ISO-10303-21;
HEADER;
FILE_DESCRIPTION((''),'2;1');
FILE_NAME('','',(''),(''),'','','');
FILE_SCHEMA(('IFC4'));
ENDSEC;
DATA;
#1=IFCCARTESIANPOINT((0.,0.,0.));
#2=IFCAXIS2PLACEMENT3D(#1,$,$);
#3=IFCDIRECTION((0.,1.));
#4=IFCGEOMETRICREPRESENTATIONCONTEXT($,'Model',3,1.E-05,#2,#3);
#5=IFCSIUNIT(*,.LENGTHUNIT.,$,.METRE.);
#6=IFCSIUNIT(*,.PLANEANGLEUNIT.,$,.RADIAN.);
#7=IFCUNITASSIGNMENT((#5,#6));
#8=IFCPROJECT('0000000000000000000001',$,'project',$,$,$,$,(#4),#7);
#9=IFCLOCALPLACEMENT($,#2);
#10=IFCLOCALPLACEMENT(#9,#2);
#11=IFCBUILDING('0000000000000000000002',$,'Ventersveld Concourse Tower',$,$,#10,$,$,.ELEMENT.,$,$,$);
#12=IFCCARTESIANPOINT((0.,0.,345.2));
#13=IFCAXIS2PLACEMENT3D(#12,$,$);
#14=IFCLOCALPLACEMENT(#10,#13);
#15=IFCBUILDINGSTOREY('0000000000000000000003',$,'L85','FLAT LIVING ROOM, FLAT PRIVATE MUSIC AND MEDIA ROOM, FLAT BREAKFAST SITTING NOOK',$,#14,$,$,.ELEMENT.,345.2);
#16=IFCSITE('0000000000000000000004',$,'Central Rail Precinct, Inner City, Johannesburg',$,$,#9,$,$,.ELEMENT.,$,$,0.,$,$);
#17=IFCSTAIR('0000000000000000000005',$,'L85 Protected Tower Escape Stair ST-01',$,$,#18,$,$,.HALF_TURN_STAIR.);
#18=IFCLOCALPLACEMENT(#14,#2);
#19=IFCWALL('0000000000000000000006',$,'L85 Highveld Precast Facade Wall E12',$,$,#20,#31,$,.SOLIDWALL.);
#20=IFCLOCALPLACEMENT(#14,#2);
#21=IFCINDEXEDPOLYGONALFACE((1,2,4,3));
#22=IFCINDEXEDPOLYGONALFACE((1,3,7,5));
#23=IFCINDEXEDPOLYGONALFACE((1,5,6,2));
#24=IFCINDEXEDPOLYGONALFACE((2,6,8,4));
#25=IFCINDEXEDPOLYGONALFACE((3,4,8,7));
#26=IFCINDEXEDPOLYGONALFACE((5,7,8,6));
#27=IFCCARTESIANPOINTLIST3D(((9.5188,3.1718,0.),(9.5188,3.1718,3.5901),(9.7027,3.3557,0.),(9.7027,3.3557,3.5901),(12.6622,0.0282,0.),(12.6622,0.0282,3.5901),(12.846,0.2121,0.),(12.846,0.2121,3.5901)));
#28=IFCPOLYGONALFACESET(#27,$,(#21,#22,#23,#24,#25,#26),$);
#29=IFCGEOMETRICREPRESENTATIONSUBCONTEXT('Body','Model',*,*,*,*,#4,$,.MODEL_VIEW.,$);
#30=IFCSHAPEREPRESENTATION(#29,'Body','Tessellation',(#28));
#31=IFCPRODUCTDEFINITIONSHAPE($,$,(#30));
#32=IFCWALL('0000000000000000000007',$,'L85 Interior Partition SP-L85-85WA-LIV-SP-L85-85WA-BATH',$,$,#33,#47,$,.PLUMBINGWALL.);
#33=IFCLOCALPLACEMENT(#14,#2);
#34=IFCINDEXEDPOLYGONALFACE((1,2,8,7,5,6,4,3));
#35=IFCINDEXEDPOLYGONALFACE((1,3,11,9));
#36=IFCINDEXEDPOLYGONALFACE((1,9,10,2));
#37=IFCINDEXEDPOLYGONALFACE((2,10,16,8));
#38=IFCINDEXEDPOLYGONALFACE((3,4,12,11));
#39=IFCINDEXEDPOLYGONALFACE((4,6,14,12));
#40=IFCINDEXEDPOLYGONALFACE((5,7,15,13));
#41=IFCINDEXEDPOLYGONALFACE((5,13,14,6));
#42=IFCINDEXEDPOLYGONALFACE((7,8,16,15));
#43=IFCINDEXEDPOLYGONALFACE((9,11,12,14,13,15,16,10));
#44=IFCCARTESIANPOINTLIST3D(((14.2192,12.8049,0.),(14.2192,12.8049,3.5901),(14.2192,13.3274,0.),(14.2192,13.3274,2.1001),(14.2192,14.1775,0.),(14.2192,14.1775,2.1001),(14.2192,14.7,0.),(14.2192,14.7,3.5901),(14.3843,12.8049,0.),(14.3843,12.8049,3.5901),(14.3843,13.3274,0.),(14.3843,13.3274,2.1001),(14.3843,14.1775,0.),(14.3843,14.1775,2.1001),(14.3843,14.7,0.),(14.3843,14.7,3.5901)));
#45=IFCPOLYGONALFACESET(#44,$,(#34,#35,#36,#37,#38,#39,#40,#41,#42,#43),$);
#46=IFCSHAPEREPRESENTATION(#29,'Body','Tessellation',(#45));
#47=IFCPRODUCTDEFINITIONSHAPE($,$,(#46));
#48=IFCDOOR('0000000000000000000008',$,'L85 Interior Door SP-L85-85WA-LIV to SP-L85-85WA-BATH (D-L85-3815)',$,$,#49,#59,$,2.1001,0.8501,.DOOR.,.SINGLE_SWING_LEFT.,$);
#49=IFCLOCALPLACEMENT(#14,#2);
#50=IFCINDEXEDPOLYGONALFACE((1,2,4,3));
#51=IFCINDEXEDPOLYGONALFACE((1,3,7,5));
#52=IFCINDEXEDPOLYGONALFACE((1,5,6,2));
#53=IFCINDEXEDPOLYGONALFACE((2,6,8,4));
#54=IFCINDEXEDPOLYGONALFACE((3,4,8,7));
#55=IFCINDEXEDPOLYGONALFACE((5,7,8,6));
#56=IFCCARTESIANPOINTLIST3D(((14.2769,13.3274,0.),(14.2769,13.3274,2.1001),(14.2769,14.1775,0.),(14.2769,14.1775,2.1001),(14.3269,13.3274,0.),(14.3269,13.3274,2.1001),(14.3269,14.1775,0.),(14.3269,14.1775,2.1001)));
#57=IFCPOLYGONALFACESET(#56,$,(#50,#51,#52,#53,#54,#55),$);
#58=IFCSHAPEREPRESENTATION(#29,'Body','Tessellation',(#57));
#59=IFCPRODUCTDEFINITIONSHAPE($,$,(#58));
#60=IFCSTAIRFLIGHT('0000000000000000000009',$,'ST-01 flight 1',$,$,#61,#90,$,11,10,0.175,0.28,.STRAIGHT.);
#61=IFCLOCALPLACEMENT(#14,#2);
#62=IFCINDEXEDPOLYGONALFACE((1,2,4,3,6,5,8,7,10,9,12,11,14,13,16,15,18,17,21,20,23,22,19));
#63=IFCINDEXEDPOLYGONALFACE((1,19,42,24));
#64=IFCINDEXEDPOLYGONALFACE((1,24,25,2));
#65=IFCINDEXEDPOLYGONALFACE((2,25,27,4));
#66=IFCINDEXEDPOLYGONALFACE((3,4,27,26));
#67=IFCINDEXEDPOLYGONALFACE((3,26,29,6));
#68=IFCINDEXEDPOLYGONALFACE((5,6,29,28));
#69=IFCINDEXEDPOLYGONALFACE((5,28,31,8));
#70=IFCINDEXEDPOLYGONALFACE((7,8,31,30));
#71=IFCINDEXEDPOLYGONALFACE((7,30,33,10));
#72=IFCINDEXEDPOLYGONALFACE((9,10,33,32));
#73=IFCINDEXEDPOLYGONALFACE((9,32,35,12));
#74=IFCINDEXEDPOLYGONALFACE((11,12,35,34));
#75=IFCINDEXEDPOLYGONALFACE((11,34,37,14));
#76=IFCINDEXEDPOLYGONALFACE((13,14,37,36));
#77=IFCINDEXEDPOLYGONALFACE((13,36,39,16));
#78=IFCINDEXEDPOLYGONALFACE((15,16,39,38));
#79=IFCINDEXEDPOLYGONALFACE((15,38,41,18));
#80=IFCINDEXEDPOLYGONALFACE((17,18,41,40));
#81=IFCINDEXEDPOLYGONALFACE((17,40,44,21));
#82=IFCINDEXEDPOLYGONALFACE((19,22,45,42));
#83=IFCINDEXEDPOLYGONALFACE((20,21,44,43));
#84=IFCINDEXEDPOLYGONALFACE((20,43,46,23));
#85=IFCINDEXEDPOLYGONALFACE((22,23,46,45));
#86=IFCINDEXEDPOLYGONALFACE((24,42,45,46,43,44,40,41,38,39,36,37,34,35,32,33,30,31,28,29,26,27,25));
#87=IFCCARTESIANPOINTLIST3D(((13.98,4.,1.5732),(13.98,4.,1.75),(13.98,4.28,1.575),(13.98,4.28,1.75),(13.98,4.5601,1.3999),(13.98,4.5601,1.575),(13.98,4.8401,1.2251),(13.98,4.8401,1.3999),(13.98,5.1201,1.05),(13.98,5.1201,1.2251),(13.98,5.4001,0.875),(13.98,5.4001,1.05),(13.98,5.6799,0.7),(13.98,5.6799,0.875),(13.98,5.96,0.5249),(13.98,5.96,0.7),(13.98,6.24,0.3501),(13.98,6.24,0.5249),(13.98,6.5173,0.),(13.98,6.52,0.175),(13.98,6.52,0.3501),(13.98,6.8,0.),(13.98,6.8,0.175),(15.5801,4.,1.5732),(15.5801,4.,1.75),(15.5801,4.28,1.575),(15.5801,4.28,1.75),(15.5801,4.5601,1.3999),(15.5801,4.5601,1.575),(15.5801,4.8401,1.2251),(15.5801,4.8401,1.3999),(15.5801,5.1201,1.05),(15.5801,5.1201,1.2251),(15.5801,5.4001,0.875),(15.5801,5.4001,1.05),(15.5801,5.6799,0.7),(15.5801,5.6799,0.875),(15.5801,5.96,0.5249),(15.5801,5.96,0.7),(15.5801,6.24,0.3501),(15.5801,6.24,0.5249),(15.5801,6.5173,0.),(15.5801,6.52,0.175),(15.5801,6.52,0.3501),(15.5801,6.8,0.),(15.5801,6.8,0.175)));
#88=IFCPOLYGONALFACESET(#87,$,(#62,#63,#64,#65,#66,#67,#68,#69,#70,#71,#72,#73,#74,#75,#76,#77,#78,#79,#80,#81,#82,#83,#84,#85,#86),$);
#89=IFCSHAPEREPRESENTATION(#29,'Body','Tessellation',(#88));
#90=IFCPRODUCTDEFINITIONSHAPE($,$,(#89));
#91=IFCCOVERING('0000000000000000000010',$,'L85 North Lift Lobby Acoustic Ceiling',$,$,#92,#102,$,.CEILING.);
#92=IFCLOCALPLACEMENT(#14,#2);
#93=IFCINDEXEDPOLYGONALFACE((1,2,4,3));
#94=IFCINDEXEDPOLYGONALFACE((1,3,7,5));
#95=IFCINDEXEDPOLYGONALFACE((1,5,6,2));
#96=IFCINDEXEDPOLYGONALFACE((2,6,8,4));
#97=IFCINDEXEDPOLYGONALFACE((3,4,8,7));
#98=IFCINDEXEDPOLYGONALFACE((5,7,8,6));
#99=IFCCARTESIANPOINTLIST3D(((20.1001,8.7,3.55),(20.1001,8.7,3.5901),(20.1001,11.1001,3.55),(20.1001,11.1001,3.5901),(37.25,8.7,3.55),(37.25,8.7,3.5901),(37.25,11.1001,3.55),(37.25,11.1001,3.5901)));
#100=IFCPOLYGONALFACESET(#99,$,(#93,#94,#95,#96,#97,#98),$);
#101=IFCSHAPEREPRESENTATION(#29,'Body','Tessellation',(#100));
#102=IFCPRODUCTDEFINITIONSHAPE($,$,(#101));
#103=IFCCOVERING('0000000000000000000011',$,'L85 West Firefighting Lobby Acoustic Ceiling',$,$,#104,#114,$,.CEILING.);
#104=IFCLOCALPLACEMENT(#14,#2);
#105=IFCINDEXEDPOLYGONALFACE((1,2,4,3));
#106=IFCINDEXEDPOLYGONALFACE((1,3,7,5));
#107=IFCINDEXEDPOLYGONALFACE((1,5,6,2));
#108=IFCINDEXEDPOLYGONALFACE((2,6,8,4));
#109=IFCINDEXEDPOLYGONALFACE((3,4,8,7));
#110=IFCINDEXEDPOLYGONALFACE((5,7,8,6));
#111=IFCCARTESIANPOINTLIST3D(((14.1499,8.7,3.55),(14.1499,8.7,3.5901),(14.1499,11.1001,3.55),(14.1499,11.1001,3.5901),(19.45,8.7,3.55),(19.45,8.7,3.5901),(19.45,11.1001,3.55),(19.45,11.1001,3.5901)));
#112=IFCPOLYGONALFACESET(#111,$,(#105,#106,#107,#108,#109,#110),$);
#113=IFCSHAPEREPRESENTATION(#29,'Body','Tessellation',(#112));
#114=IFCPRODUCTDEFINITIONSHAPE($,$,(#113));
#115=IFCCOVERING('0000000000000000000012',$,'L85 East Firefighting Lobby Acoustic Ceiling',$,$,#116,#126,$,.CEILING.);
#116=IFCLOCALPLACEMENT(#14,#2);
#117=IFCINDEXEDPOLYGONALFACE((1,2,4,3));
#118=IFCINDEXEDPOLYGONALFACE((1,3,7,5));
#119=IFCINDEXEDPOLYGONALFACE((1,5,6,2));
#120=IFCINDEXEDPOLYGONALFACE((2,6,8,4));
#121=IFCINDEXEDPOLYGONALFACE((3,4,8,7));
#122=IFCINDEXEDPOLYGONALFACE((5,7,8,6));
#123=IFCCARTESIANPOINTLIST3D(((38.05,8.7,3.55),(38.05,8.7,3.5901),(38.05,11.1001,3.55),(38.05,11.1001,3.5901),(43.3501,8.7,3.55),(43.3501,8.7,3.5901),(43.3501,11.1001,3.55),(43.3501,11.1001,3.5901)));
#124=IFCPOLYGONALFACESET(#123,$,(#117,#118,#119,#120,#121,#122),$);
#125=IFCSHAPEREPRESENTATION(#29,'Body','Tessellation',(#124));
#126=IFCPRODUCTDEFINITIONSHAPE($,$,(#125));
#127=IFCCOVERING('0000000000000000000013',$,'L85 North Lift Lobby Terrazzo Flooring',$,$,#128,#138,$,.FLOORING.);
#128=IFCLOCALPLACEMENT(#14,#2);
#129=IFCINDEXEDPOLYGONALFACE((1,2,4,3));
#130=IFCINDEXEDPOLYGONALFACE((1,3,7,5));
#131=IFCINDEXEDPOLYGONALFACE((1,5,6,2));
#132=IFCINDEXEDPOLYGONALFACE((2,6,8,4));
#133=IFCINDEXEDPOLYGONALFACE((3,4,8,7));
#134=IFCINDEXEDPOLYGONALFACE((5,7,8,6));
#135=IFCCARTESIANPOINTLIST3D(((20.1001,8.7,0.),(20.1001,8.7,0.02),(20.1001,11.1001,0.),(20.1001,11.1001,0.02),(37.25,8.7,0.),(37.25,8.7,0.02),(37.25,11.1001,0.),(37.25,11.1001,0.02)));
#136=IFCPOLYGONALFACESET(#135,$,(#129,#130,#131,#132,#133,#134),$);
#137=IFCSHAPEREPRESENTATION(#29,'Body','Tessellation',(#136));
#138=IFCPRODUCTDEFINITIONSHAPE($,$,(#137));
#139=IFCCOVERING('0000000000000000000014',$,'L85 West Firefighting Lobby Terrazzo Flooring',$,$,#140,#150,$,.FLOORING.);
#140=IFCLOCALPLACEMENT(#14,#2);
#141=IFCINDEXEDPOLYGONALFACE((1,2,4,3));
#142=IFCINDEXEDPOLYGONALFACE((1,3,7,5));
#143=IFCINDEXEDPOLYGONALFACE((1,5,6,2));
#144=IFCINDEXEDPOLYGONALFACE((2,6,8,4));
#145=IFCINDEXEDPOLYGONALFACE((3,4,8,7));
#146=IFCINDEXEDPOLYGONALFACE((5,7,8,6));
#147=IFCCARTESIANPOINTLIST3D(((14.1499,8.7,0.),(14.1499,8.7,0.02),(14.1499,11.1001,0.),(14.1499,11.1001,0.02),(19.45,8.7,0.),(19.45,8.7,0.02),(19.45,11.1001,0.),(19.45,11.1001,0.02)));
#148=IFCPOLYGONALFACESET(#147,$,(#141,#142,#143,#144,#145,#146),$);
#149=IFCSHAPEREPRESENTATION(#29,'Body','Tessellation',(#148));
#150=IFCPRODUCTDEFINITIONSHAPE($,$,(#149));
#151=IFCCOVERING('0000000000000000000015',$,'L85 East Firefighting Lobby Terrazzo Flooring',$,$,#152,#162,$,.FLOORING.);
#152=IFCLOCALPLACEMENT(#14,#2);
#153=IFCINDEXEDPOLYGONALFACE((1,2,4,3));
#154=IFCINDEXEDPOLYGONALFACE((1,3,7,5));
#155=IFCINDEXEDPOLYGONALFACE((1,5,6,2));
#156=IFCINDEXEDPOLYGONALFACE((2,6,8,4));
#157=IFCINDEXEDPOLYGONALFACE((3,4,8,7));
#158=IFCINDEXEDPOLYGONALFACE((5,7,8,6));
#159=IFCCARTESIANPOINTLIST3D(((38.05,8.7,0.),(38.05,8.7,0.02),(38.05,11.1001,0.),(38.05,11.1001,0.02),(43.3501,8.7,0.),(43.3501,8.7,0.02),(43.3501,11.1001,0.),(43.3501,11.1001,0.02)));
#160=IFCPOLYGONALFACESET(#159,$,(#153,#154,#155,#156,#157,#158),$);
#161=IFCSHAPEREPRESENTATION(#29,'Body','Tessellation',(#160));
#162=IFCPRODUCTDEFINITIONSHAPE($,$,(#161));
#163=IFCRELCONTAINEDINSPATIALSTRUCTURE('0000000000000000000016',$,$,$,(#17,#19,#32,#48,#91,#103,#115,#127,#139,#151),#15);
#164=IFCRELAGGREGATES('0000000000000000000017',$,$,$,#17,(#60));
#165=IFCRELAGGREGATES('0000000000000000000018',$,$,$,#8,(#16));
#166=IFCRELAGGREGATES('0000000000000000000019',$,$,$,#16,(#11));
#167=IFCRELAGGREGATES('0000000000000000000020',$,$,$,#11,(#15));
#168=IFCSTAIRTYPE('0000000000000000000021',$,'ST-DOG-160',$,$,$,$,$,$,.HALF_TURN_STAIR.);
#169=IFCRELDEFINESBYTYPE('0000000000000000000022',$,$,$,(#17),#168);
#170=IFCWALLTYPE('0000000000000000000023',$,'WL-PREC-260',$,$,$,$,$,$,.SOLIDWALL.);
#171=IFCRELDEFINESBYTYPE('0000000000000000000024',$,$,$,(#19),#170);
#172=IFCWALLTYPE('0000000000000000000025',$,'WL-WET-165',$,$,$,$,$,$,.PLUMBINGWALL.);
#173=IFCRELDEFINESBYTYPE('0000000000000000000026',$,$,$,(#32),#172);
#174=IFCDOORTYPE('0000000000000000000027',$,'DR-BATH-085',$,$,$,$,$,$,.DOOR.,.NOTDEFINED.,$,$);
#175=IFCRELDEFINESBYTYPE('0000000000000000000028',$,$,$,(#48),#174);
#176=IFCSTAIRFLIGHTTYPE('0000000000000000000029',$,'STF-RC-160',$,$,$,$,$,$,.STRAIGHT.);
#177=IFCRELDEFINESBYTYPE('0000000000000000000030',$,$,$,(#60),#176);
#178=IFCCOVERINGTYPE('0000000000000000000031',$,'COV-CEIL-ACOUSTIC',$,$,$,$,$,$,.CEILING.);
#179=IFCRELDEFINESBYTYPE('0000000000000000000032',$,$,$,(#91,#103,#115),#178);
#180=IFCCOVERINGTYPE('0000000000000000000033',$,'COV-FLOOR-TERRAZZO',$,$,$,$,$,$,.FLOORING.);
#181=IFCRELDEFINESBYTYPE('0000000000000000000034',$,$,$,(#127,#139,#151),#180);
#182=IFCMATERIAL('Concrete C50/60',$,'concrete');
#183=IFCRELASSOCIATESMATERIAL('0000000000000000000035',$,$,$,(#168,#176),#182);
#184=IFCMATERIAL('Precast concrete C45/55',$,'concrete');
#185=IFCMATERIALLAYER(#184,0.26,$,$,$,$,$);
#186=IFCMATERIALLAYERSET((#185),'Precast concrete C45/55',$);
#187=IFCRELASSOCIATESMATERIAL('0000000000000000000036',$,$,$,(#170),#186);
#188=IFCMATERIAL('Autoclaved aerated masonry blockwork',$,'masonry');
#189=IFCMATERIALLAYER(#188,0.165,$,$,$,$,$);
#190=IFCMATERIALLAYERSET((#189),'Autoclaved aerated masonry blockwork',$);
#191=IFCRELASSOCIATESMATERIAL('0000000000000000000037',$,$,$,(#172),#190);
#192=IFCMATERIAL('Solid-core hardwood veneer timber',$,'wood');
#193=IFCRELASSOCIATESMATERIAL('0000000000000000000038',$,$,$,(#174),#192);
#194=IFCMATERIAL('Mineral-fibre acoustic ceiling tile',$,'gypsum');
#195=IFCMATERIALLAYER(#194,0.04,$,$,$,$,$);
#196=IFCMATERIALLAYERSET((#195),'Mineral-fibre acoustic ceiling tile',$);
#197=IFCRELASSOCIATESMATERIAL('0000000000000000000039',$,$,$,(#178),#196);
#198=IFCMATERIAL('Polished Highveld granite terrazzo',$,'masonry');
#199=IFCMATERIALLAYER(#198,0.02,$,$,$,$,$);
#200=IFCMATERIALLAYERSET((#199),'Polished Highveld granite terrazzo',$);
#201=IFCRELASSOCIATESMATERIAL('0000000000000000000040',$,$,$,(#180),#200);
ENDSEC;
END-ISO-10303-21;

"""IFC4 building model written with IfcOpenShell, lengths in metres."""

from ifc_helpers import new_model, si_unit, direction, frame, frame_2d, origin, place, context, subcontext, project, spatial, polyline, rectangle, outline, extrude, material, layer, layer_set, type_object, element, fill, aggregate, save


model = new_model("IFC4")

# Units and contexts
model_context = context("Model", 3, precision=1e-05, world=origin(), true_north=direction((0.0, 1.0)))
body_context = subcontext(model_context, "Body", "Model", "MODEL_VIEW")
ifc_project = project(units=[si_unit("LENGTHUNIT", "METRE"), si_unit("PLANEANGLEUNIT", "RADIAN")], contexts=[model_context])

# Site, building, storey
site_placement = place(None, origin())
site = spatial("IfcSite", under=ifc_project, at=site_placement, Name="Central Rail Precinct, Inner City, Johannesburg", CompositionType="ELEMENT", RefElevation=0.0)
building_placement = place(site_placement, origin())
building = spatial("IfcBuilding", under=site, at=building_placement, Name="Ventersveld Concourse Tower", CompositionType="ELEMENT")
storey_placement = place(building_placement, frame((0.0, 0.0, 345.2)))
storey = spatial("IfcBuildingStorey", under=building, at=storey_placement, Name="L85", Description="FLAT LIVING ROOM, FLAT PRIVATE MUSIC AND MEDIA ROOM, FLAT BREAKFAST SITTING NOOK", CompositionType="ELEMENT", Elevation=345.2)

# Shared definitions
ifc_material_1 = material(Name="Concrete C50/60", Category="concrete")

# Stair
stair_type_1 = type_object("IfcStairType", Name="ST-DOG-160", PredefinedType="HALF_TURN_STAIR", material=ifc_material_1)
stair_1_placement = place(storey_placement, origin())
stair_1 = element("IfcStair", 1, at=stair_1_placement, inside=storey, type_object=stair_type_1, Name="L85 Protected Tower Escape Stair ST-01", PredefinedType="HALF_TURN_STAIR")

# Shared definitions
ifc_material_2 = material(Name="Solid-core hardwood veneer timber", Category="wood")

# Wall
ifc_material_3 = material(Name="Precast concrete C45/55", Category="concrete")
ifc_layer_1 = layer(ifc_material_3, 0.26)
ifc_layer_set_1 = layer_set([ifc_layer_1], Name="Precast concrete C45/55")
wall_type_1 = type_object("IfcWallType", Name="WL-PREC-260", PredefinedType="SOLIDWALL", material=ifc_layer_set_1)
wall_1_placement = place(storey_placement, frame((9.6108, 3.2637, 0.0), z_axis=(0.0, 0.0, 1.0), x_axis=(0.707079, -0.707134, 0.0)))
element("IfcWall", 2, at=wall_1_placement, inside=storey, type_object=wall_type_1, Name="L85 Highveld Precast Facade Wall E12", PredefinedType="SOLIDWALL", context=body_context, shape_type="SweptSolid", body=[
    extrude(rectangle(XDim=4.4456, YDim=0.26, at=frame_2d((2.2227, 0.0))), origin(), (0.0, 0.0, 1.0), 3.5901),
])

# Wall, opening, door
ifc_material_4 = material(Name="Autoclaved aerated masonry blockwork", Category="masonry")
ifc_layer_2 = layer(ifc_material_4, 0.165)
ifc_layer_set_2 = layer_set([ifc_layer_2], Name="Autoclaved aerated masonry blockwork")
wall_type_2 = type_object("IfcWallType", Name="WL-WET-165", PredefinedType="PLUMBINGWALL", material=ifc_layer_set_2)
wall_2_placement = place(storey_placement, frame((14.3018, 12.8049, 0.0), z_axis=(0.0, 0.0, 1.0), x_axis=(0.0, 1.0, 0.0)))
wall_2 = element("IfcWall", 3, at=wall_2_placement, inside=storey, type_object=wall_type_2, Name="L85 Interior Partition SP-L85-85WA-LIV-SP-L85-85WA-BATH", PredefinedType="PLUMBINGWALL", context=body_context, shape_type="SweptSolid", body=[
    extrude(rectangle(XDim=1.895, YDim=0.165, at=frame_2d((0.9475, 0.0))), origin(), (0.0, 0.0, 1.0), 3.5901),
])
opening_1_placement = place(wall_2_placement, frame((0.5225, 0.0, 0.0)))
opening_1 = element("IfcOpeningElement", 4, at=opening_1_placement, cuts=wall_2, PredefinedType="OPENING", context=body_context, shape_type="SweptSolid", body=[
    extrude(rectangle(XDim=0.8501, YDim=2.1001, at=frame_2d((0.425, 1.05))), frame((0.0, 0.0925, 0.0), z_axis=(0.0, -1.0, 0.0), x_axis=(1.0, 0.0, 0.0)), (0.0, 0.0, 1.0), 0.1851),
])
door_type_1 = type_object("IfcDoorType", Name="DR-BATH-085", OperationType="NOTDEFINED", PredefinedType="DOOR", material=ifc_material_2)
door_1_placement = place(opening_1_placement, origin())
door_1 = element("IfcDoor", 5, at=door_1_placement, inside=storey, type_object=door_type_1, Name="L85 Interior Door SP-L85-85WA-LIV to SP-L85-85WA-BATH (D-L85-3815)", OperationType="SINGLE_SWING_LEFT", OverallHeight=2.1001, OverallWidth=0.8501, PredefinedType="DOOR", context=body_context, shape_type="SweptSolid", body=[
    extrude(rectangle(XDim=0.8501, YDim=2.1001, at=frame_2d((0.425, 1.05))), frame((0.0, 0.0249, 0.0), z_axis=(0.0, -1.0, 0.0), x_axis=(1.0, 0.0, 0.0)), (0.0, 0.0, 1.0), 0.05),
])
fill(opening_1, door_1)

# Stair flight
stair_flight_type = type_object("IfcStairFlightType", Name="STF-RC-160", PredefinedType="STRAIGHT", material=ifc_material_1)
stair_flight_placement = place(storey_placement, frame((14.78, 6.8, 0.0), z_axis=(0.0, 0.0, 1.0), x_axis=(0.0, -1.0, 0.0)))
stair_flight = element("IfcStairFlight", 6, at=stair_flight_placement, type_object=stair_flight_type, Name="ST-01 flight 1", NumberOfRisers=11, NumberOfTreads=10, PredefinedType="STRAIGHT", RiserHeight=0.175, TreadLength=0.28, context=body_context, shape_type="SweptSolid", body=[
    extrude(outline(polyline([(0.0, 0.0), (0.0, 0.175), (0.28, 0.175), (0.28, 0.3501), (0.5601, 0.3501), (0.5601, 0.5249), (0.8401, 0.5249), (0.8401, 0.7), (1.1201, 0.7), (1.1201, 0.875), (1.3999, 0.875), (1.3999, 1.05), (1.6799, 1.05), (1.6799, 1.2251), (1.96, 1.2251), (1.96, 1.3999), (2.24, 1.3999), (2.24, 1.575), (2.52, 1.575), (2.52, 1.75), (2.8, 1.75), (2.8, 1.925), (2.8, 1.5732), (0.2827, 0.0), (0.0, 0.0)])), frame((0.0, 0.8, 0.0), z_axis=(0.0, -1.0, 0.0), x_axis=(1.0, 0.0, 0.0)), (0.0, 0.0, 1.0), 1.6001),
])
aggregate(stair_1, [stair_flight])

# Coverings
ifc_material_5 = material(Name="Mineral-fibre acoustic ceiling tile", Category="gypsum")
ifc_layer_3 = layer(ifc_material_5, 0.04)
ifc_layer_set_3 = layer_set([ifc_layer_3], Name="Mineral-fibre acoustic ceiling tile")
covering_type_1 = type_object("IfcCoveringType", Name="COV-CEIL-ACOUSTIC", PredefinedType="CEILING", material=ifc_layer_set_3)
covering_1_placement = place(storey_placement, frame((0.0, 0.0, 3.55)))
element("IfcCovering", 7, at=covering_1_placement, inside=storey, type_object=covering_type_1, Name="L85 North Lift Lobby Acoustic Ceiling", PredefinedType="CEILING", context=body_context, shape_type="SweptSolid", body=[
    extrude(outline(polyline([(20.1001, 8.7), (37.25, 8.7), (37.25, 11.1001), (20.1001, 11.1001), (20.1001, 8.7)])), origin(), (0.0, 0.0, 1.0), 0.04),
])
covering_2_placement = place(storey_placement, frame((0.0, 0.0, 3.55)))
element("IfcCovering", 8, at=covering_2_placement, inside=storey, type_object=covering_type_1, Name="L85 West Firefighting Lobby Acoustic Ceiling", PredefinedType="CEILING", context=body_context, shape_type="SweptSolid", body=[
    extrude(outline(polyline([(14.1499, 8.7), (19.45, 8.7), (19.45, 11.1001), (14.1499, 11.1001), (14.1499, 8.7)])), origin(), (0.0, 0.0, 1.0), 0.04),
])
covering_3_placement = place(storey_placement, frame((0.0, 0.0, 3.55)))
element("IfcCovering", 9, at=covering_3_placement, inside=storey, type_object=covering_type_1, Name="L85 East Firefighting Lobby Acoustic Ceiling", PredefinedType="CEILING", context=body_context, shape_type="SweptSolid", body=[
    extrude(outline(polyline([(38.05, 8.7), (43.3501, 8.7), (43.3501, 11.1001), (38.05, 11.1001), (38.05, 8.7)])), origin(), (0.0, 0.0, 1.0), 0.04),
])
ifc_material_6 = material(Name="Polished Highveld granite terrazzo", Category="masonry")
ifc_layer_4 = layer(ifc_material_6, 0.02)
ifc_layer_set_4 = layer_set([ifc_layer_4], Name="Polished Highveld granite terrazzo")
covering_type_2 = type_object("IfcCoveringType", Name="COV-FLOOR-TERRAZZO", PredefinedType="FLOORING", material=ifc_layer_set_4)
covering_4_placement = place(storey_placement, origin())
element("IfcCovering", 10, at=covering_4_placement, inside=storey, type_object=covering_type_2, Name="L85 North Lift Lobby Terrazzo Flooring", PredefinedType="FLOORING", context=body_context, shape_type="SweptSolid", body=[
    extrude(outline(polyline([(20.1001, 8.7), (37.25, 8.7), (37.25, 11.1001), (20.1001, 11.1001), (20.1001, 8.7)])), origin(), (0.0, 0.0, 1.0), 0.02),
])
covering_5_placement = place(storey_placement, origin())
element("IfcCovering", 11, at=covering_5_placement, inside=storey, type_object=covering_type_2, Name="L85 West Firefighting Lobby Terrazzo Flooring", PredefinedType="FLOORING", context=body_context, shape_type="SweptSolid", body=[
    extrude(outline(polyline([(14.1499, 8.7), (19.45, 8.7), (19.45, 11.1001), (14.1499, 11.1001), (14.1499, 8.7)])), origin(), (0.0, 0.0, 1.0), 0.02),
])
covering_6_placement = place(storey_placement, origin())
element("IfcCovering", 12, at=covering_6_placement, inside=storey, type_object=covering_type_2, Name="L85 East Firefighting Lobby Terrazzo Flooring", PredefinedType="FLOORING", context=body_context, shape_type="SweptSolid", body=[
    extrude(outline(polyline([(38.05, 8.7), (43.3501, 8.7), (43.3501, 11.1001), (38.05, 11.1001), (38.05, 8.7)])), origin(), (0.0, 0.0, 1.0), 0.02),
])

save(model, "model.ifc")
